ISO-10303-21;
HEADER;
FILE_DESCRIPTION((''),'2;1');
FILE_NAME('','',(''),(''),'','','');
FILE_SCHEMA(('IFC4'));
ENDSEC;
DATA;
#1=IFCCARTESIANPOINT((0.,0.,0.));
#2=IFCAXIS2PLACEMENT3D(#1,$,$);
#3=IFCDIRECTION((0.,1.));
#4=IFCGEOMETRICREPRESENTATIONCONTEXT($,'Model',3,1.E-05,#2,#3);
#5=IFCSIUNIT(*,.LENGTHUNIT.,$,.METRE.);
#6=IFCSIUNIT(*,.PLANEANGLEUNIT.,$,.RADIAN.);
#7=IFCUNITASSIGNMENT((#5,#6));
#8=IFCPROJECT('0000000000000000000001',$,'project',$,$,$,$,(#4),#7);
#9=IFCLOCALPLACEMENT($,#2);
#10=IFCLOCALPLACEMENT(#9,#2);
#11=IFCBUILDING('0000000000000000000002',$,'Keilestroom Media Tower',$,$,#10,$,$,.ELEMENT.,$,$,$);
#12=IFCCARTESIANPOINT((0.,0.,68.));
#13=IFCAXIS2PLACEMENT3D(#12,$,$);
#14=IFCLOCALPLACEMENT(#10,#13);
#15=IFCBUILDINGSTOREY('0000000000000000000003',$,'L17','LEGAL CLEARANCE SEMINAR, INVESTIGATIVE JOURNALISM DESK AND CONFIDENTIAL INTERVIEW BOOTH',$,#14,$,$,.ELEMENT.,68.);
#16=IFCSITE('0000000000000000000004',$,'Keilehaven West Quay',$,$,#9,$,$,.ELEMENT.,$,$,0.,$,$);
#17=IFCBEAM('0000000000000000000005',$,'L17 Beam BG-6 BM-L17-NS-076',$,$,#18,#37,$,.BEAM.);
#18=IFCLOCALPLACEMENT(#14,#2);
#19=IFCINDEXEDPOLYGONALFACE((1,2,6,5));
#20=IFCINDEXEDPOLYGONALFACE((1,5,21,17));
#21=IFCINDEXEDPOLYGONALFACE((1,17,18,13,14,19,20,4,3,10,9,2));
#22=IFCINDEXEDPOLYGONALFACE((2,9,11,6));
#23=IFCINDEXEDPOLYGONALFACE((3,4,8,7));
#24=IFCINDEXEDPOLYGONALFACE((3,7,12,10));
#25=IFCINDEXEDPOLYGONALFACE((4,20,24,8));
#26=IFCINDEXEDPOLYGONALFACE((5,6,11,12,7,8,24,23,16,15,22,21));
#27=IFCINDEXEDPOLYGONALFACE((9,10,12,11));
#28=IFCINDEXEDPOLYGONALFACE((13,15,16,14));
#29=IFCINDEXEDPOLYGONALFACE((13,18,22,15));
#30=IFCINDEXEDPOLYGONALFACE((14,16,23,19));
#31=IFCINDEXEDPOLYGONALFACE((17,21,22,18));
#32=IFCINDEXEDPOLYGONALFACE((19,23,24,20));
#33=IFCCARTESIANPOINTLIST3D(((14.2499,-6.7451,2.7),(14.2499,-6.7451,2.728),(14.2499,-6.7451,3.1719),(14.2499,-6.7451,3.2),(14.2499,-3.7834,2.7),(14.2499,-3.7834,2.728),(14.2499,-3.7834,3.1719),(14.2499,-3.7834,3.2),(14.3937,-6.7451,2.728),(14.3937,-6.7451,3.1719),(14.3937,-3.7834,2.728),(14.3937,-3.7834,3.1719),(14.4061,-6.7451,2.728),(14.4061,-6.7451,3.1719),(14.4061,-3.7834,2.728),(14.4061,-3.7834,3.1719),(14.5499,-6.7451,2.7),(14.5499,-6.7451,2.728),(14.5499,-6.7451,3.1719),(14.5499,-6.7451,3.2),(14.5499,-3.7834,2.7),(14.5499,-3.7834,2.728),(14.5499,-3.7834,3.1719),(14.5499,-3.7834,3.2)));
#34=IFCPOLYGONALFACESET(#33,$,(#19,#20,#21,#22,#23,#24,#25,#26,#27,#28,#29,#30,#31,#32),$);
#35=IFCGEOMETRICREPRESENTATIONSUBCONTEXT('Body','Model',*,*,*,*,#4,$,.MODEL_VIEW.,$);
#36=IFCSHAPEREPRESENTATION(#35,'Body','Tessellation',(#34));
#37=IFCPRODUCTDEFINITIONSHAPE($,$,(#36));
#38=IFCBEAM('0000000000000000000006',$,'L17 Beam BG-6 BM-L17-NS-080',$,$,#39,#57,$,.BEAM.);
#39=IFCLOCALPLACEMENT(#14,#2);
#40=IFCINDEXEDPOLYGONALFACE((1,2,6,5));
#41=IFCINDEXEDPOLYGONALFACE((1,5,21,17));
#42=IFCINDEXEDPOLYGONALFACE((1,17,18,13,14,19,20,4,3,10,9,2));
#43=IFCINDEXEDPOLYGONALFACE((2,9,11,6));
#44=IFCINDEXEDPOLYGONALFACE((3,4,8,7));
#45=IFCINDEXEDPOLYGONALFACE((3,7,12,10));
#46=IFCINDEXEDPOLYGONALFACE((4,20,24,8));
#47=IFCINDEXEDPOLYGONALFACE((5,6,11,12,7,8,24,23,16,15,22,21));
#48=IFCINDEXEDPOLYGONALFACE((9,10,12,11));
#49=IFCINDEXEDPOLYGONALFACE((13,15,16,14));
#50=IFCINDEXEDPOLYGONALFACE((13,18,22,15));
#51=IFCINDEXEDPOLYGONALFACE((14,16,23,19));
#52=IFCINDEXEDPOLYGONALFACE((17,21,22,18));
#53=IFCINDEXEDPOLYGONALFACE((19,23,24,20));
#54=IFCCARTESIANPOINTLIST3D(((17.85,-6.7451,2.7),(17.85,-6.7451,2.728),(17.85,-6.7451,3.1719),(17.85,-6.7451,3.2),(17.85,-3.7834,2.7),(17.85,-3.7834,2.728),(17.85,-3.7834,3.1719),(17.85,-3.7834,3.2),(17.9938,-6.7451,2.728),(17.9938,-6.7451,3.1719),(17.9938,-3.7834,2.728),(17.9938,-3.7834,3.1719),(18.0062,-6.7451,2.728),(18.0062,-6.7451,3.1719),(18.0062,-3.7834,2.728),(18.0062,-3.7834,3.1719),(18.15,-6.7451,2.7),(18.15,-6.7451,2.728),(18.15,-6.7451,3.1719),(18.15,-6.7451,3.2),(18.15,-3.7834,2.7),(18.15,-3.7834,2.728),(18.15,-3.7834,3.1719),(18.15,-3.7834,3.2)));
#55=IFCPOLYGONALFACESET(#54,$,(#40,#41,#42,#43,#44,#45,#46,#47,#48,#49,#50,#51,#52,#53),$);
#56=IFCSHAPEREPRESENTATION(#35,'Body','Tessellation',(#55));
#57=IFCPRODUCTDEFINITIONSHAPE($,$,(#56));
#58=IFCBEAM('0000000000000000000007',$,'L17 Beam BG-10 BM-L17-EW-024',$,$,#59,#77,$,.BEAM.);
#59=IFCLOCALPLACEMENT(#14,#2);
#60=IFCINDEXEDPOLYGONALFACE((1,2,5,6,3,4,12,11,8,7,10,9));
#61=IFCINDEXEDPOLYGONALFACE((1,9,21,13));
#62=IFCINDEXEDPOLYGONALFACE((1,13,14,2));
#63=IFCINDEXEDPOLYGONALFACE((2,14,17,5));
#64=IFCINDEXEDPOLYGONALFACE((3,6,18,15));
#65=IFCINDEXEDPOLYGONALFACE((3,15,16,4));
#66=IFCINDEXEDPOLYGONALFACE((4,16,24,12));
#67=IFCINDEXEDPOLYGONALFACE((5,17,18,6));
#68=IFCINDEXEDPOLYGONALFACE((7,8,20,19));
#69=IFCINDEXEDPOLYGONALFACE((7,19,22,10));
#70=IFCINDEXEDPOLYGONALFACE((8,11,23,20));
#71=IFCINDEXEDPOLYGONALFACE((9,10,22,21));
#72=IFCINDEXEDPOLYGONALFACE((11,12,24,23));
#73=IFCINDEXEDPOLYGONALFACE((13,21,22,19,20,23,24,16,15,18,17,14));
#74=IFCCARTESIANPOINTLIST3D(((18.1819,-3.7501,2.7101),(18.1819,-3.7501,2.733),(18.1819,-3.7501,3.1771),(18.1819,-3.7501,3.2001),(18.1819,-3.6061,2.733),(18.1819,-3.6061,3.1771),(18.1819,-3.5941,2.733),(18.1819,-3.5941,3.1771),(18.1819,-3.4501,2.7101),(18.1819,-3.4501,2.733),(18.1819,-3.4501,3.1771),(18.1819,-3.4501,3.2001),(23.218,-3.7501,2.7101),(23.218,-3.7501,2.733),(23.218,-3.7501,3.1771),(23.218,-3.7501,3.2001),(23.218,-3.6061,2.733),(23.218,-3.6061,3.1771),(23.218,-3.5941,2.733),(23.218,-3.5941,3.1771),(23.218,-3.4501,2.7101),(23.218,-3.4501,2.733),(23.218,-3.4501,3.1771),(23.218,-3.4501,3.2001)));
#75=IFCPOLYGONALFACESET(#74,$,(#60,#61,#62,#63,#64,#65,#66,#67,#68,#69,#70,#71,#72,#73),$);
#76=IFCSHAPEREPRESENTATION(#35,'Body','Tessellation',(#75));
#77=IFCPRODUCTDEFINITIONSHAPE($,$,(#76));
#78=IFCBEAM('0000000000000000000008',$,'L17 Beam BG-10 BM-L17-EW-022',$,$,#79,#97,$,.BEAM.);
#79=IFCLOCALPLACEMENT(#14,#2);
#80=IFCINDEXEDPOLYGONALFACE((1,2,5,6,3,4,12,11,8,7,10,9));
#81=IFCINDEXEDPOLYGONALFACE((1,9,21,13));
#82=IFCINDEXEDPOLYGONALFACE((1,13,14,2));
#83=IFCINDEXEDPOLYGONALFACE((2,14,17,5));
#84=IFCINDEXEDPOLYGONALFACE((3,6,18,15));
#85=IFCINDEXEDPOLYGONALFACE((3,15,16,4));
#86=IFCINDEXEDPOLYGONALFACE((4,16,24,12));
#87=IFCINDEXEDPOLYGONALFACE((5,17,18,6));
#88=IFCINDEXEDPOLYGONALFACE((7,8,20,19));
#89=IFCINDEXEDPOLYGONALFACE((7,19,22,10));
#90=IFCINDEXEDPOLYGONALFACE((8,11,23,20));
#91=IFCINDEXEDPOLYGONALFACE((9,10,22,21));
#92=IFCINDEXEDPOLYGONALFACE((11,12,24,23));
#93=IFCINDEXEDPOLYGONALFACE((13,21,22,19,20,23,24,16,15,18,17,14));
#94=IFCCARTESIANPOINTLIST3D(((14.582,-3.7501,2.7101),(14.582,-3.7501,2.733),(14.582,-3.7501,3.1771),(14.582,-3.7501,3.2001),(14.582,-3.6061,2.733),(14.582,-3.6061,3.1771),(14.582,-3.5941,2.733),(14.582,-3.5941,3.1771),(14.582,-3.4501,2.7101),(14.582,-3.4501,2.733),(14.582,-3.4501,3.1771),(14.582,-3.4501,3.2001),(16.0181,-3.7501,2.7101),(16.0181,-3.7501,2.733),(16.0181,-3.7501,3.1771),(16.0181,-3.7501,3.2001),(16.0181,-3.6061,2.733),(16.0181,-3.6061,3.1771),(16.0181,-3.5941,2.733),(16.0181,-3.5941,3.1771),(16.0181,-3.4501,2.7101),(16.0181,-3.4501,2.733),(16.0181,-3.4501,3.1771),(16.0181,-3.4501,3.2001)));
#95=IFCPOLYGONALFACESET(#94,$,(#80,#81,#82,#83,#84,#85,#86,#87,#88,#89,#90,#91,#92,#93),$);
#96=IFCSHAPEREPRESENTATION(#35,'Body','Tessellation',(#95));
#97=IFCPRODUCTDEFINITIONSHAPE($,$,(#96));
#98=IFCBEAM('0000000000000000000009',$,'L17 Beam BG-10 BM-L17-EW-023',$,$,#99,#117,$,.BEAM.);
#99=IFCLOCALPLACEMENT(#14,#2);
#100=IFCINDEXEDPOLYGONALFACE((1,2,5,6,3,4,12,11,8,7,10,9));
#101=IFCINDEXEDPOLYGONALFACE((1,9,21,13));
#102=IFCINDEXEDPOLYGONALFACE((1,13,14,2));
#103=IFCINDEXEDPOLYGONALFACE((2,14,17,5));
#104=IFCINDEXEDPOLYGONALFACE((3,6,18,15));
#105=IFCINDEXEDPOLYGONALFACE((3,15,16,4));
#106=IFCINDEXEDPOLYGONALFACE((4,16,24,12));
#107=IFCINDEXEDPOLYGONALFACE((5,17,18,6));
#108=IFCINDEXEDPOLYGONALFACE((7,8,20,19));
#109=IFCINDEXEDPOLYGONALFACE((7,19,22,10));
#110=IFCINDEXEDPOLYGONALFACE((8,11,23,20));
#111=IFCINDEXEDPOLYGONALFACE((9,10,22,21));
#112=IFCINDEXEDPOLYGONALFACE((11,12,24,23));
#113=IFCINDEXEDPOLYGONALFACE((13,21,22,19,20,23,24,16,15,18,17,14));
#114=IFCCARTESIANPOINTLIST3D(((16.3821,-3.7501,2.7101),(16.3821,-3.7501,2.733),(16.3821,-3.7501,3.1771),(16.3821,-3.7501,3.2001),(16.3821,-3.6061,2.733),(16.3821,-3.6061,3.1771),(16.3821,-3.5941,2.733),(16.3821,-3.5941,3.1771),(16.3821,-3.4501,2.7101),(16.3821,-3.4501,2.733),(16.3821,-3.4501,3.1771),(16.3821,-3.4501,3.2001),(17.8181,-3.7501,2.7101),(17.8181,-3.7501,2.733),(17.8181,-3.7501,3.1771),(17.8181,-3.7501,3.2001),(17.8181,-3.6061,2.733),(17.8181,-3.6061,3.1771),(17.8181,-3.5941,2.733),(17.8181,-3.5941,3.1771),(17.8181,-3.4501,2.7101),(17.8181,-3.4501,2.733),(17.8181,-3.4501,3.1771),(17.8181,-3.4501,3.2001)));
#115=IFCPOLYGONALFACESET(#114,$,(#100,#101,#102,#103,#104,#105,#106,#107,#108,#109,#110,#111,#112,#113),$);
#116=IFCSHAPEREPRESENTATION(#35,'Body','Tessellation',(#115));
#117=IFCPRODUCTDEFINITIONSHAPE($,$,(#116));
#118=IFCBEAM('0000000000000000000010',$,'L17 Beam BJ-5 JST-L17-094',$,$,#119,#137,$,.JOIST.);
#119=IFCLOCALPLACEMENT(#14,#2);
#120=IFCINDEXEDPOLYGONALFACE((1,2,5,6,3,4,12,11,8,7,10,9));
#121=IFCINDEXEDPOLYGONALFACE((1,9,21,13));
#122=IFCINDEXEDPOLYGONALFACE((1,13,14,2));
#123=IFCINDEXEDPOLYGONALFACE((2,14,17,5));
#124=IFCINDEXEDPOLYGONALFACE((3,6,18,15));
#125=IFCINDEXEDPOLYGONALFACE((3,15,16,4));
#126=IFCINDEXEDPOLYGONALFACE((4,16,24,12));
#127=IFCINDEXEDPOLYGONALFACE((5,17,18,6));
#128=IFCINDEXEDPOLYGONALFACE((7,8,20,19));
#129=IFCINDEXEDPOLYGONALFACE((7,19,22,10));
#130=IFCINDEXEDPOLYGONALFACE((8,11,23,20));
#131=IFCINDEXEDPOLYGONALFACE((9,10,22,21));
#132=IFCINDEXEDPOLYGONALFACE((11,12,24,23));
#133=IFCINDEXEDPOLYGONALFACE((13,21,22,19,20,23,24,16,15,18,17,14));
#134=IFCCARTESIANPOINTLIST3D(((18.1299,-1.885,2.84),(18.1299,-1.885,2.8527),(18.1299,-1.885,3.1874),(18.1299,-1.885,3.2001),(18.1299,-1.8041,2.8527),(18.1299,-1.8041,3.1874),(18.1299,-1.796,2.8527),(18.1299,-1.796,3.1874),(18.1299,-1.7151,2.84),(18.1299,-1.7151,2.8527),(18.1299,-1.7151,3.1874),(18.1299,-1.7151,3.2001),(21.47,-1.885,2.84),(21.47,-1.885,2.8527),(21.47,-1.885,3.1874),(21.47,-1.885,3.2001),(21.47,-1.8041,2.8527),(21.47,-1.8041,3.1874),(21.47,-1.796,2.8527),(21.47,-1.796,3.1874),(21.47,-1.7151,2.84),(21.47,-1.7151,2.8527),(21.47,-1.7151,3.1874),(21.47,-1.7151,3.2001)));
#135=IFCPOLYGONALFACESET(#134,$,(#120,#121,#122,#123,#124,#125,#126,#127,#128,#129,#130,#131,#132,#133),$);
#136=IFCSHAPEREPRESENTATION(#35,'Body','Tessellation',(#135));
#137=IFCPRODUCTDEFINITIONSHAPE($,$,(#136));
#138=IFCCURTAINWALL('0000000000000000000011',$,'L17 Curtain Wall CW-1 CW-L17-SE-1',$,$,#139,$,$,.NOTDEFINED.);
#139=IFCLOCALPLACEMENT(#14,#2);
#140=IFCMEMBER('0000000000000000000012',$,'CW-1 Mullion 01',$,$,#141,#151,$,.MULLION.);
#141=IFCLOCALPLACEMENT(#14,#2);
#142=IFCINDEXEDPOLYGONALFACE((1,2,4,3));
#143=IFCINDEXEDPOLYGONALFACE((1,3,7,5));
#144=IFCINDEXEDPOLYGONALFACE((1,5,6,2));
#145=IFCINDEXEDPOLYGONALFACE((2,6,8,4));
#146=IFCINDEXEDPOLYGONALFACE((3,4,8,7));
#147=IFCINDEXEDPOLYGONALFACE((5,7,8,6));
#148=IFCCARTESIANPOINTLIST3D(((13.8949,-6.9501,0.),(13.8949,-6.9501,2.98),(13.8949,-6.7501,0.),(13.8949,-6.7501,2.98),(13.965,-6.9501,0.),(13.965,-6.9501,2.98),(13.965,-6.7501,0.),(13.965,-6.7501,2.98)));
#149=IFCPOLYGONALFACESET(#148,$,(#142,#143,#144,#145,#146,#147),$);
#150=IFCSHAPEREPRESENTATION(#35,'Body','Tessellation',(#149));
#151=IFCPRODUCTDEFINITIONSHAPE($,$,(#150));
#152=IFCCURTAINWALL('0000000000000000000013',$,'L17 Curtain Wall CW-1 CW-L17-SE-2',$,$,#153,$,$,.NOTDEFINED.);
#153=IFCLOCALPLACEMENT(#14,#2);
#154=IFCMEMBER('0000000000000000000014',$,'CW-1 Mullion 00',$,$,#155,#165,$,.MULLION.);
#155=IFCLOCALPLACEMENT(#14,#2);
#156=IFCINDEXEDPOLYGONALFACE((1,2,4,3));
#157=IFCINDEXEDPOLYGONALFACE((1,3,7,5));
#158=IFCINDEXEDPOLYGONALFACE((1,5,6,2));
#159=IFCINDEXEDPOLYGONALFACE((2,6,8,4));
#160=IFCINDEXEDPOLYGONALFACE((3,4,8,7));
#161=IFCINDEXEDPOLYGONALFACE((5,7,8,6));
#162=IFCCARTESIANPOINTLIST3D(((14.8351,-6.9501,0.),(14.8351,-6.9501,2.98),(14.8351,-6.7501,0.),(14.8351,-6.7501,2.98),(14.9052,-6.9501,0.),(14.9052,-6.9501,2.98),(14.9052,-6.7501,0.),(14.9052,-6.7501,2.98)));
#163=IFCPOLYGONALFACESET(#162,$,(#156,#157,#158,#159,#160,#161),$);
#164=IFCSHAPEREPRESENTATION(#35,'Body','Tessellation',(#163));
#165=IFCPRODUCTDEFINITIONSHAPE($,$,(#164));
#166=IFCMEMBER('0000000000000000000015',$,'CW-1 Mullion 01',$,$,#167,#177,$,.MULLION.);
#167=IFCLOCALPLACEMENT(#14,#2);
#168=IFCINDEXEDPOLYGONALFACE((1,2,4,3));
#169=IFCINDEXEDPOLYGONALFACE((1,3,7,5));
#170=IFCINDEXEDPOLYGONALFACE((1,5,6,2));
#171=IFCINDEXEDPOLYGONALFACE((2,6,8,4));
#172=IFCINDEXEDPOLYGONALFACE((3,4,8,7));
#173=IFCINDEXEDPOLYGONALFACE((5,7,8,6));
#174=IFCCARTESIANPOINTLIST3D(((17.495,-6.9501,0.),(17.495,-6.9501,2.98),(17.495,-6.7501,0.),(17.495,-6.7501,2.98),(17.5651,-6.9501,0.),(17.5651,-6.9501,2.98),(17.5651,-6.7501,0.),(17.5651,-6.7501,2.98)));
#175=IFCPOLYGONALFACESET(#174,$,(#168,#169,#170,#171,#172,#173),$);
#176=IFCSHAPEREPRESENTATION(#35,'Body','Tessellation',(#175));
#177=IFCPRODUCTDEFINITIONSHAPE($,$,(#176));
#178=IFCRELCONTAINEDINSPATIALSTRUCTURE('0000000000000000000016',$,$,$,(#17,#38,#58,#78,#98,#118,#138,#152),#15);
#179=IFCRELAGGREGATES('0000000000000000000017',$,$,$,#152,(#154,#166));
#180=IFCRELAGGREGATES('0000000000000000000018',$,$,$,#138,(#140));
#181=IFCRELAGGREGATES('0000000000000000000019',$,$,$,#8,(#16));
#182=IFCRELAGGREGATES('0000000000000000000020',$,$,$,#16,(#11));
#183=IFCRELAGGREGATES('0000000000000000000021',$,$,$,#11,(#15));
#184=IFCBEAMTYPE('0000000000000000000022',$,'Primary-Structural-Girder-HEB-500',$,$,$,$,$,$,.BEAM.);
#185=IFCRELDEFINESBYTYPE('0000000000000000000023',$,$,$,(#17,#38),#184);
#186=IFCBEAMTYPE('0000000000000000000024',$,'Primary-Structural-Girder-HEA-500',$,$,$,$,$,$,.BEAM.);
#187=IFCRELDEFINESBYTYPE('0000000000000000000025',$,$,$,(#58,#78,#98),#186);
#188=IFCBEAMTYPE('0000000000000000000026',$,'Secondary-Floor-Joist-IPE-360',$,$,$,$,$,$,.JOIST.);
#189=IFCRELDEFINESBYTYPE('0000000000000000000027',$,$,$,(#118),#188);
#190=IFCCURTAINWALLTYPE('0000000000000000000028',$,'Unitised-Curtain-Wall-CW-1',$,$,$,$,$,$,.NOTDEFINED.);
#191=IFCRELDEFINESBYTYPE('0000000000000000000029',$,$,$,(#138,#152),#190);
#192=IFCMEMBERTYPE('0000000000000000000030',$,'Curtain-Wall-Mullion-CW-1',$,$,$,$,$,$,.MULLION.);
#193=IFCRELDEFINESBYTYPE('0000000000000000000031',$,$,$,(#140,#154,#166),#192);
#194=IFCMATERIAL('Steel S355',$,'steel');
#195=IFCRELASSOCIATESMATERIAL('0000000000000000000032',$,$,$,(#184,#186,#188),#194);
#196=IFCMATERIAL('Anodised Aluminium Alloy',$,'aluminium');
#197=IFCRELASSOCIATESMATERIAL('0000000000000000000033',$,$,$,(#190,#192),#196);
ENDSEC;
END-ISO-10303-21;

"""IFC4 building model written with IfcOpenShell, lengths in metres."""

from ifc_helpers import new_model, si_unit, direction, frame, origin, origin_2d, place, context, subcontext, project, spatial, rectangle, i_section, extrude, source, transform, mapped, material, material_profile, profile_set, type_object, element, aggregate, save


model = new_model("IFC4")

# Units and contexts
model_context = context("Model", 3, precision=1e-05, world=origin(), true_north=direction((0.0, 1.0)))
body_context = subcontext(model_context, "Body", "Model", "MODEL_VIEW")
ifc_project = project(units=[si_unit("LENGTHUNIT", "METRE"), si_unit("PLANEANGLEUNIT", "RADIAN")], contexts=[model_context])

# Site, building, storey
site_placement = place(None, origin())
site = spatial("IfcSite", under=ifc_project, at=site_placement, Name="Keilehaven West Quay", CompositionType="ELEMENT", RefElevation=0.0)
building_placement = place(site_placement, origin())
building = spatial("IfcBuilding", under=site, at=building_placement, Name="Keilestroom Media Tower", CompositionType="ELEMENT")
storey_placement = place(building_placement, frame((0.0, 0.0, 68.0)))
storey = spatial("IfcBuildingStorey", under=building, at=storey_placement, Name="L17", Description="LEGAL CLEARANCE SEMINAR, INVESTIGATIVE JOURNALISM DESK AND CONFIDENTIAL INTERVIEW BOOTH", CompositionType="ELEMENT", Elevation=68.0)

# Beams
ifc_material_1 = material(Name="Steel S355", Category="steel")
ifc_material_profile_1 = material_profile(ifc_material_1, i_section(OverallWidth=0.3, OverallDepth=0.5, WebThickness=0.0125, FlangeThickness=0.0281, at=origin_2d()), Name="HEB 500")
ifc_profile_set_1 = profile_set([ifc_material_profile_1], Name="Steel S355")
beam_type_1 = type_object("IfcBeamType", Name="Primary-Structural-Girder-HEB-500", PredefinedType="BEAM", material=ifc_profile_set_1)
shared_shape_1 = source(origin(), body_context, "Body", "SweptSolid", [
    extrude(i_section(OverallWidth=0.3, OverallDepth=0.5, WebThickness=0.0125, FlangeThickness=0.0281, at=origin_2d()), origin(), (0.0, 0.0, 1.0), 2.9617),
])
for number, where, z_axis, x_axis, name in (
    (1, (14.3999, -6.7451, 2.95), (0.0, 1.0, 0.0), (-1.0, 0.0, 0.0), "L17 Beam BG-6 BM-L17-NS-076"),
    (2, (18.0, -6.7451, 2.95), (0.0, 1.0, 0.0), (-1.0, 0.0, 0.0), "L17 Beam BG-6 BM-L17-NS-080"),
):
    element("IfcBeam", number, at=place(storey_placement, frame(where, z_axis=z_axis, x_axis=x_axis)), inside=storey, type_object=beam_type_1, Name=name, PredefinedType="BEAM", context=body_context, shape_type="MappedRepresentation", body=[
        mapped(shared_shape_1, transform((0.0, 0.0, 0.0), x_axis=(1.0, 0.0, 0.0), y_axis=(0.0, 1.0, 0.0), z_axis=(0.0, 0.0, 1.0), scale=1.0)),
    ])
ifc_material_profile_2 = material_profile(ifc_material_1, i_section(OverallWidth=0.3, OverallDepth=0.49, WebThickness=0.012, FlangeThickness=0.0229, at=origin_2d()), Name="HEA 500")
ifc_profile_set_2 = profile_set([ifc_material_profile_2], Name="Steel S355")
beam_type_2 = type_object("IfcBeamType", Name="Primary-Structural-Girder-HEA-500", PredefinedType="BEAM", material=ifc_profile_set_2)
shared_shape_2 = source(origin(), body_context, "Body", "SweptSolid", [
    extrude(i_section(OverallWidth=0.3, OverallDepth=0.49, WebThickness=0.012, FlangeThickness=0.0229, at=origin_2d()), origin(), (0.0, 0.0, 1.0), 5.0361),
])
beam_1_placement = place(storey_placement, frame((18.1819, -3.6001, 2.9551), z_axis=(1.0, 0.0, 0.0), x_axis=(0.0, 1.0, 0.0)))
element("IfcBeam", 3, at=beam_1_placement, inside=storey, type_object=beam_type_2, Name="L17 Beam BG-10 BM-L17-EW-024", PredefinedType="BEAM", context=body_context, shape_type="MappedRepresentation", body=[
    mapped(shared_shape_2, transform((0.0, 0.0, 0.0), x_axis=(1.0, 0.0, 0.0), y_axis=(0.0, 1.0, 0.0), z_axis=(0.0, 0.0, 1.0), scale=1.0)),
])
shared_shape_3 = source(origin(), body_context, "Body", "SweptSolid", [
    extrude(i_section(OverallWidth=0.3, OverallDepth=0.49, WebThickness=0.012, FlangeThickness=0.0229, at=origin_2d()), origin(), (0.0, 0.0, 1.0), 1.436),
])
for number, where, z_axis, x_axis, name in (
    (4, (14.582, -3.6001, 2.9551), (1.0, 0.0, 0.0), (0.0, 1.0, 0.0), "L17 Beam BG-10 BM-L17-EW-022"),
    (5, (16.3821, -3.6001, 2.9551), (1.0, 0.0, 0.0), (0.0, 1.0, 0.0), "L17 Beam BG-10 BM-L17-EW-023"),
):
    element("IfcBeam", number, at=place(storey_placement, frame(where, z_axis=z_axis, x_axis=x_axis)), inside=storey, type_object=beam_type_2, Name=name, PredefinedType="BEAM", context=body_context, shape_type="MappedRepresentation", body=[
        mapped(shared_shape_3, transform((0.0, 0.0, 0.0), x_axis=(1.0, 0.0, 0.0), y_axis=(0.0, 1.0, 0.0), z_axis=(0.0, 0.0, 1.0), scale=1.0)),
    ])
ifc_material_profile_3 = material_profile(ifc_material_1, i_section(OverallWidth=0.1699, OverallDepth=0.3601, WebThickness=0.0081, FlangeThickness=0.0127, at=origin_2d()), Name="IPE 360")
ifc_profile_set_3 = profile_set([ifc_material_profile_3], Name="Steel S355")
beam_type_3 = type_object("IfcBeamType", Name="Secondary-Floor-Joist-IPE-360", PredefinedType="JOIST", material=ifc_profile_set_3)
shared_shape_4 = source(origin(), body_context, "Body", "SweptSolid", [
    extrude(i_section(OverallWidth=0.1699, OverallDepth=0.3601, WebThickness=0.0081, FlangeThickness=0.0127, at=origin_2d()), origin(), (0.0, 0.0, 1.0), 3.3401),
])
beam_2_placement = place(storey_placement, frame((18.1299, -1.8, 3.02), z_axis=(1.0, 0.0, 0.0), x_axis=(0.0, 1.0, 0.0)))
element("IfcBeam", 6, at=beam_2_placement, inside=storey, type_object=beam_type_3, Name="L17 Beam BJ-5 JST-L17-094", PredefinedType="JOIST", context=body_context, shape_type="MappedRepresentation", body=[
    mapped(shared_shape_4, transform((0.0, 0.0, 0.0), x_axis=(1.0, 0.0, 0.0), y_axis=(0.0, 1.0, 0.0), z_axis=(0.0, 0.0, 1.0), scale=1.0)),
])

# Curtain wall, member
ifc_material_2 = material(Name="Anodised Aluminium Alloy", Category="aluminium")
curtain_wall_type = type_object("IfcCurtainWallType", Name="Unitised-Curtain-Wall-CW-1", PredefinedType="NOTDEFINED", material=ifc_material_2)
curtain_wall_1_placement = place(storey_placement, origin())
curtain_wall_1 = element("IfcCurtainWall", 7, at=curtain_wall_1_placement, inside=storey, type_object=curtain_wall_type, Name="L17 Curtain Wall CW-1 CW-L17-SE-1", PredefinedType="NOTDEFINED")
ifc_material_profile_4 = material_profile(ifc_material_2, rectangle(XDim=0.0701, YDim=0.2, at=origin_2d()), Name="ALU MULLION 70x200")
ifc_profile_set_4 = profile_set([ifc_material_profile_4], Name="Anodised Aluminium Alloy")
member_type_1 = type_object("IfcMemberType", Name="Curtain-Wall-Mullion-CW-1", PredefinedType="MULLION", material=ifc_profile_set_4)
shared_shape_5 = source(origin(), body_context, "Body", "SweptSolid", [
    extrude(rectangle(XDim=0.0701, YDim=0.2, at=origin_2d()), origin(), (0.0, 0.0, 1.0), 2.98),
])
member_1_placement = place(storey_placement, frame((13.9299, -6.8501, 0.0), z_axis=(0.0, 0.0, 1.0), x_axis=(1.0, 0.0, 0.0)))
member_1 = element("IfcMember", 8, at=member_1_placement, type_object=member_type_1, Name="CW-1 Mullion 01", PredefinedType="MULLION", context=body_context, shape_type="MappedRepresentation", body=[
    mapped(shared_shape_5, transform((0.0, 0.0, 0.0), x_axis=(1.0, 0.0, 0.0), y_axis=(0.0, 1.0, 0.0), z_axis=(0.0, 0.0, 1.0), scale=1.0)),
])

# Curtain wall, members
curtain_wall_2_placement = place(storey_placement, origin())
curtain_wall_2 = element("IfcCurtainWall", 9, at=curtain_wall_2_placement, inside=storey, type_object=curtain_wall_type, Name="L17 Curtain Wall CW-1 CW-L17-SE-2", PredefinedType="NOTDEFINED")
member_2_placement = place(storey_placement, frame((14.8701, -6.8501, 0.0), z_axis=(0.0, 0.0, 1.0), x_axis=(1.0, 0.0, 0.0)))
member_2 = element("IfcMember", 10, at=member_2_placement, type_object=member_type_1, Name="CW-1 Mullion 00", PredefinedType="MULLION", context=body_context, shape_type="MappedRepresentation", body=[
    mapped(shared_shape_5, transform((0.0, 0.0, 0.0), x_axis=(1.0, 0.0, 0.0), y_axis=(0.0, 1.0, 0.0), z_axis=(0.0, 0.0, 1.0), scale=1.0)),
])
member_3_placement = place(storey_placement, frame((17.53, -6.8501, 0.0), z_axis=(0.0, 0.0, 1.0), x_axis=(1.0, 0.0, 0.0)))
member_3 = element("IfcMember", 11, at=member_3_placement, type_object=member_type_1, Name="CW-1 Mullion 01", PredefinedType="MULLION", context=body_context, shape_type="MappedRepresentation", body=[
    mapped(shared_shape_5, transform((0.0, 0.0, 0.0), x_axis=(1.0, 0.0, 0.0), y_axis=(0.0, 1.0, 0.0), z_axis=(0.0, 0.0, 1.0), scale=1.0)),
])

aggregate(curtain_wall_2, [member_2, member_3])
aggregate(curtain_wall_1, [member_1])

save(model, "model.ifc")
